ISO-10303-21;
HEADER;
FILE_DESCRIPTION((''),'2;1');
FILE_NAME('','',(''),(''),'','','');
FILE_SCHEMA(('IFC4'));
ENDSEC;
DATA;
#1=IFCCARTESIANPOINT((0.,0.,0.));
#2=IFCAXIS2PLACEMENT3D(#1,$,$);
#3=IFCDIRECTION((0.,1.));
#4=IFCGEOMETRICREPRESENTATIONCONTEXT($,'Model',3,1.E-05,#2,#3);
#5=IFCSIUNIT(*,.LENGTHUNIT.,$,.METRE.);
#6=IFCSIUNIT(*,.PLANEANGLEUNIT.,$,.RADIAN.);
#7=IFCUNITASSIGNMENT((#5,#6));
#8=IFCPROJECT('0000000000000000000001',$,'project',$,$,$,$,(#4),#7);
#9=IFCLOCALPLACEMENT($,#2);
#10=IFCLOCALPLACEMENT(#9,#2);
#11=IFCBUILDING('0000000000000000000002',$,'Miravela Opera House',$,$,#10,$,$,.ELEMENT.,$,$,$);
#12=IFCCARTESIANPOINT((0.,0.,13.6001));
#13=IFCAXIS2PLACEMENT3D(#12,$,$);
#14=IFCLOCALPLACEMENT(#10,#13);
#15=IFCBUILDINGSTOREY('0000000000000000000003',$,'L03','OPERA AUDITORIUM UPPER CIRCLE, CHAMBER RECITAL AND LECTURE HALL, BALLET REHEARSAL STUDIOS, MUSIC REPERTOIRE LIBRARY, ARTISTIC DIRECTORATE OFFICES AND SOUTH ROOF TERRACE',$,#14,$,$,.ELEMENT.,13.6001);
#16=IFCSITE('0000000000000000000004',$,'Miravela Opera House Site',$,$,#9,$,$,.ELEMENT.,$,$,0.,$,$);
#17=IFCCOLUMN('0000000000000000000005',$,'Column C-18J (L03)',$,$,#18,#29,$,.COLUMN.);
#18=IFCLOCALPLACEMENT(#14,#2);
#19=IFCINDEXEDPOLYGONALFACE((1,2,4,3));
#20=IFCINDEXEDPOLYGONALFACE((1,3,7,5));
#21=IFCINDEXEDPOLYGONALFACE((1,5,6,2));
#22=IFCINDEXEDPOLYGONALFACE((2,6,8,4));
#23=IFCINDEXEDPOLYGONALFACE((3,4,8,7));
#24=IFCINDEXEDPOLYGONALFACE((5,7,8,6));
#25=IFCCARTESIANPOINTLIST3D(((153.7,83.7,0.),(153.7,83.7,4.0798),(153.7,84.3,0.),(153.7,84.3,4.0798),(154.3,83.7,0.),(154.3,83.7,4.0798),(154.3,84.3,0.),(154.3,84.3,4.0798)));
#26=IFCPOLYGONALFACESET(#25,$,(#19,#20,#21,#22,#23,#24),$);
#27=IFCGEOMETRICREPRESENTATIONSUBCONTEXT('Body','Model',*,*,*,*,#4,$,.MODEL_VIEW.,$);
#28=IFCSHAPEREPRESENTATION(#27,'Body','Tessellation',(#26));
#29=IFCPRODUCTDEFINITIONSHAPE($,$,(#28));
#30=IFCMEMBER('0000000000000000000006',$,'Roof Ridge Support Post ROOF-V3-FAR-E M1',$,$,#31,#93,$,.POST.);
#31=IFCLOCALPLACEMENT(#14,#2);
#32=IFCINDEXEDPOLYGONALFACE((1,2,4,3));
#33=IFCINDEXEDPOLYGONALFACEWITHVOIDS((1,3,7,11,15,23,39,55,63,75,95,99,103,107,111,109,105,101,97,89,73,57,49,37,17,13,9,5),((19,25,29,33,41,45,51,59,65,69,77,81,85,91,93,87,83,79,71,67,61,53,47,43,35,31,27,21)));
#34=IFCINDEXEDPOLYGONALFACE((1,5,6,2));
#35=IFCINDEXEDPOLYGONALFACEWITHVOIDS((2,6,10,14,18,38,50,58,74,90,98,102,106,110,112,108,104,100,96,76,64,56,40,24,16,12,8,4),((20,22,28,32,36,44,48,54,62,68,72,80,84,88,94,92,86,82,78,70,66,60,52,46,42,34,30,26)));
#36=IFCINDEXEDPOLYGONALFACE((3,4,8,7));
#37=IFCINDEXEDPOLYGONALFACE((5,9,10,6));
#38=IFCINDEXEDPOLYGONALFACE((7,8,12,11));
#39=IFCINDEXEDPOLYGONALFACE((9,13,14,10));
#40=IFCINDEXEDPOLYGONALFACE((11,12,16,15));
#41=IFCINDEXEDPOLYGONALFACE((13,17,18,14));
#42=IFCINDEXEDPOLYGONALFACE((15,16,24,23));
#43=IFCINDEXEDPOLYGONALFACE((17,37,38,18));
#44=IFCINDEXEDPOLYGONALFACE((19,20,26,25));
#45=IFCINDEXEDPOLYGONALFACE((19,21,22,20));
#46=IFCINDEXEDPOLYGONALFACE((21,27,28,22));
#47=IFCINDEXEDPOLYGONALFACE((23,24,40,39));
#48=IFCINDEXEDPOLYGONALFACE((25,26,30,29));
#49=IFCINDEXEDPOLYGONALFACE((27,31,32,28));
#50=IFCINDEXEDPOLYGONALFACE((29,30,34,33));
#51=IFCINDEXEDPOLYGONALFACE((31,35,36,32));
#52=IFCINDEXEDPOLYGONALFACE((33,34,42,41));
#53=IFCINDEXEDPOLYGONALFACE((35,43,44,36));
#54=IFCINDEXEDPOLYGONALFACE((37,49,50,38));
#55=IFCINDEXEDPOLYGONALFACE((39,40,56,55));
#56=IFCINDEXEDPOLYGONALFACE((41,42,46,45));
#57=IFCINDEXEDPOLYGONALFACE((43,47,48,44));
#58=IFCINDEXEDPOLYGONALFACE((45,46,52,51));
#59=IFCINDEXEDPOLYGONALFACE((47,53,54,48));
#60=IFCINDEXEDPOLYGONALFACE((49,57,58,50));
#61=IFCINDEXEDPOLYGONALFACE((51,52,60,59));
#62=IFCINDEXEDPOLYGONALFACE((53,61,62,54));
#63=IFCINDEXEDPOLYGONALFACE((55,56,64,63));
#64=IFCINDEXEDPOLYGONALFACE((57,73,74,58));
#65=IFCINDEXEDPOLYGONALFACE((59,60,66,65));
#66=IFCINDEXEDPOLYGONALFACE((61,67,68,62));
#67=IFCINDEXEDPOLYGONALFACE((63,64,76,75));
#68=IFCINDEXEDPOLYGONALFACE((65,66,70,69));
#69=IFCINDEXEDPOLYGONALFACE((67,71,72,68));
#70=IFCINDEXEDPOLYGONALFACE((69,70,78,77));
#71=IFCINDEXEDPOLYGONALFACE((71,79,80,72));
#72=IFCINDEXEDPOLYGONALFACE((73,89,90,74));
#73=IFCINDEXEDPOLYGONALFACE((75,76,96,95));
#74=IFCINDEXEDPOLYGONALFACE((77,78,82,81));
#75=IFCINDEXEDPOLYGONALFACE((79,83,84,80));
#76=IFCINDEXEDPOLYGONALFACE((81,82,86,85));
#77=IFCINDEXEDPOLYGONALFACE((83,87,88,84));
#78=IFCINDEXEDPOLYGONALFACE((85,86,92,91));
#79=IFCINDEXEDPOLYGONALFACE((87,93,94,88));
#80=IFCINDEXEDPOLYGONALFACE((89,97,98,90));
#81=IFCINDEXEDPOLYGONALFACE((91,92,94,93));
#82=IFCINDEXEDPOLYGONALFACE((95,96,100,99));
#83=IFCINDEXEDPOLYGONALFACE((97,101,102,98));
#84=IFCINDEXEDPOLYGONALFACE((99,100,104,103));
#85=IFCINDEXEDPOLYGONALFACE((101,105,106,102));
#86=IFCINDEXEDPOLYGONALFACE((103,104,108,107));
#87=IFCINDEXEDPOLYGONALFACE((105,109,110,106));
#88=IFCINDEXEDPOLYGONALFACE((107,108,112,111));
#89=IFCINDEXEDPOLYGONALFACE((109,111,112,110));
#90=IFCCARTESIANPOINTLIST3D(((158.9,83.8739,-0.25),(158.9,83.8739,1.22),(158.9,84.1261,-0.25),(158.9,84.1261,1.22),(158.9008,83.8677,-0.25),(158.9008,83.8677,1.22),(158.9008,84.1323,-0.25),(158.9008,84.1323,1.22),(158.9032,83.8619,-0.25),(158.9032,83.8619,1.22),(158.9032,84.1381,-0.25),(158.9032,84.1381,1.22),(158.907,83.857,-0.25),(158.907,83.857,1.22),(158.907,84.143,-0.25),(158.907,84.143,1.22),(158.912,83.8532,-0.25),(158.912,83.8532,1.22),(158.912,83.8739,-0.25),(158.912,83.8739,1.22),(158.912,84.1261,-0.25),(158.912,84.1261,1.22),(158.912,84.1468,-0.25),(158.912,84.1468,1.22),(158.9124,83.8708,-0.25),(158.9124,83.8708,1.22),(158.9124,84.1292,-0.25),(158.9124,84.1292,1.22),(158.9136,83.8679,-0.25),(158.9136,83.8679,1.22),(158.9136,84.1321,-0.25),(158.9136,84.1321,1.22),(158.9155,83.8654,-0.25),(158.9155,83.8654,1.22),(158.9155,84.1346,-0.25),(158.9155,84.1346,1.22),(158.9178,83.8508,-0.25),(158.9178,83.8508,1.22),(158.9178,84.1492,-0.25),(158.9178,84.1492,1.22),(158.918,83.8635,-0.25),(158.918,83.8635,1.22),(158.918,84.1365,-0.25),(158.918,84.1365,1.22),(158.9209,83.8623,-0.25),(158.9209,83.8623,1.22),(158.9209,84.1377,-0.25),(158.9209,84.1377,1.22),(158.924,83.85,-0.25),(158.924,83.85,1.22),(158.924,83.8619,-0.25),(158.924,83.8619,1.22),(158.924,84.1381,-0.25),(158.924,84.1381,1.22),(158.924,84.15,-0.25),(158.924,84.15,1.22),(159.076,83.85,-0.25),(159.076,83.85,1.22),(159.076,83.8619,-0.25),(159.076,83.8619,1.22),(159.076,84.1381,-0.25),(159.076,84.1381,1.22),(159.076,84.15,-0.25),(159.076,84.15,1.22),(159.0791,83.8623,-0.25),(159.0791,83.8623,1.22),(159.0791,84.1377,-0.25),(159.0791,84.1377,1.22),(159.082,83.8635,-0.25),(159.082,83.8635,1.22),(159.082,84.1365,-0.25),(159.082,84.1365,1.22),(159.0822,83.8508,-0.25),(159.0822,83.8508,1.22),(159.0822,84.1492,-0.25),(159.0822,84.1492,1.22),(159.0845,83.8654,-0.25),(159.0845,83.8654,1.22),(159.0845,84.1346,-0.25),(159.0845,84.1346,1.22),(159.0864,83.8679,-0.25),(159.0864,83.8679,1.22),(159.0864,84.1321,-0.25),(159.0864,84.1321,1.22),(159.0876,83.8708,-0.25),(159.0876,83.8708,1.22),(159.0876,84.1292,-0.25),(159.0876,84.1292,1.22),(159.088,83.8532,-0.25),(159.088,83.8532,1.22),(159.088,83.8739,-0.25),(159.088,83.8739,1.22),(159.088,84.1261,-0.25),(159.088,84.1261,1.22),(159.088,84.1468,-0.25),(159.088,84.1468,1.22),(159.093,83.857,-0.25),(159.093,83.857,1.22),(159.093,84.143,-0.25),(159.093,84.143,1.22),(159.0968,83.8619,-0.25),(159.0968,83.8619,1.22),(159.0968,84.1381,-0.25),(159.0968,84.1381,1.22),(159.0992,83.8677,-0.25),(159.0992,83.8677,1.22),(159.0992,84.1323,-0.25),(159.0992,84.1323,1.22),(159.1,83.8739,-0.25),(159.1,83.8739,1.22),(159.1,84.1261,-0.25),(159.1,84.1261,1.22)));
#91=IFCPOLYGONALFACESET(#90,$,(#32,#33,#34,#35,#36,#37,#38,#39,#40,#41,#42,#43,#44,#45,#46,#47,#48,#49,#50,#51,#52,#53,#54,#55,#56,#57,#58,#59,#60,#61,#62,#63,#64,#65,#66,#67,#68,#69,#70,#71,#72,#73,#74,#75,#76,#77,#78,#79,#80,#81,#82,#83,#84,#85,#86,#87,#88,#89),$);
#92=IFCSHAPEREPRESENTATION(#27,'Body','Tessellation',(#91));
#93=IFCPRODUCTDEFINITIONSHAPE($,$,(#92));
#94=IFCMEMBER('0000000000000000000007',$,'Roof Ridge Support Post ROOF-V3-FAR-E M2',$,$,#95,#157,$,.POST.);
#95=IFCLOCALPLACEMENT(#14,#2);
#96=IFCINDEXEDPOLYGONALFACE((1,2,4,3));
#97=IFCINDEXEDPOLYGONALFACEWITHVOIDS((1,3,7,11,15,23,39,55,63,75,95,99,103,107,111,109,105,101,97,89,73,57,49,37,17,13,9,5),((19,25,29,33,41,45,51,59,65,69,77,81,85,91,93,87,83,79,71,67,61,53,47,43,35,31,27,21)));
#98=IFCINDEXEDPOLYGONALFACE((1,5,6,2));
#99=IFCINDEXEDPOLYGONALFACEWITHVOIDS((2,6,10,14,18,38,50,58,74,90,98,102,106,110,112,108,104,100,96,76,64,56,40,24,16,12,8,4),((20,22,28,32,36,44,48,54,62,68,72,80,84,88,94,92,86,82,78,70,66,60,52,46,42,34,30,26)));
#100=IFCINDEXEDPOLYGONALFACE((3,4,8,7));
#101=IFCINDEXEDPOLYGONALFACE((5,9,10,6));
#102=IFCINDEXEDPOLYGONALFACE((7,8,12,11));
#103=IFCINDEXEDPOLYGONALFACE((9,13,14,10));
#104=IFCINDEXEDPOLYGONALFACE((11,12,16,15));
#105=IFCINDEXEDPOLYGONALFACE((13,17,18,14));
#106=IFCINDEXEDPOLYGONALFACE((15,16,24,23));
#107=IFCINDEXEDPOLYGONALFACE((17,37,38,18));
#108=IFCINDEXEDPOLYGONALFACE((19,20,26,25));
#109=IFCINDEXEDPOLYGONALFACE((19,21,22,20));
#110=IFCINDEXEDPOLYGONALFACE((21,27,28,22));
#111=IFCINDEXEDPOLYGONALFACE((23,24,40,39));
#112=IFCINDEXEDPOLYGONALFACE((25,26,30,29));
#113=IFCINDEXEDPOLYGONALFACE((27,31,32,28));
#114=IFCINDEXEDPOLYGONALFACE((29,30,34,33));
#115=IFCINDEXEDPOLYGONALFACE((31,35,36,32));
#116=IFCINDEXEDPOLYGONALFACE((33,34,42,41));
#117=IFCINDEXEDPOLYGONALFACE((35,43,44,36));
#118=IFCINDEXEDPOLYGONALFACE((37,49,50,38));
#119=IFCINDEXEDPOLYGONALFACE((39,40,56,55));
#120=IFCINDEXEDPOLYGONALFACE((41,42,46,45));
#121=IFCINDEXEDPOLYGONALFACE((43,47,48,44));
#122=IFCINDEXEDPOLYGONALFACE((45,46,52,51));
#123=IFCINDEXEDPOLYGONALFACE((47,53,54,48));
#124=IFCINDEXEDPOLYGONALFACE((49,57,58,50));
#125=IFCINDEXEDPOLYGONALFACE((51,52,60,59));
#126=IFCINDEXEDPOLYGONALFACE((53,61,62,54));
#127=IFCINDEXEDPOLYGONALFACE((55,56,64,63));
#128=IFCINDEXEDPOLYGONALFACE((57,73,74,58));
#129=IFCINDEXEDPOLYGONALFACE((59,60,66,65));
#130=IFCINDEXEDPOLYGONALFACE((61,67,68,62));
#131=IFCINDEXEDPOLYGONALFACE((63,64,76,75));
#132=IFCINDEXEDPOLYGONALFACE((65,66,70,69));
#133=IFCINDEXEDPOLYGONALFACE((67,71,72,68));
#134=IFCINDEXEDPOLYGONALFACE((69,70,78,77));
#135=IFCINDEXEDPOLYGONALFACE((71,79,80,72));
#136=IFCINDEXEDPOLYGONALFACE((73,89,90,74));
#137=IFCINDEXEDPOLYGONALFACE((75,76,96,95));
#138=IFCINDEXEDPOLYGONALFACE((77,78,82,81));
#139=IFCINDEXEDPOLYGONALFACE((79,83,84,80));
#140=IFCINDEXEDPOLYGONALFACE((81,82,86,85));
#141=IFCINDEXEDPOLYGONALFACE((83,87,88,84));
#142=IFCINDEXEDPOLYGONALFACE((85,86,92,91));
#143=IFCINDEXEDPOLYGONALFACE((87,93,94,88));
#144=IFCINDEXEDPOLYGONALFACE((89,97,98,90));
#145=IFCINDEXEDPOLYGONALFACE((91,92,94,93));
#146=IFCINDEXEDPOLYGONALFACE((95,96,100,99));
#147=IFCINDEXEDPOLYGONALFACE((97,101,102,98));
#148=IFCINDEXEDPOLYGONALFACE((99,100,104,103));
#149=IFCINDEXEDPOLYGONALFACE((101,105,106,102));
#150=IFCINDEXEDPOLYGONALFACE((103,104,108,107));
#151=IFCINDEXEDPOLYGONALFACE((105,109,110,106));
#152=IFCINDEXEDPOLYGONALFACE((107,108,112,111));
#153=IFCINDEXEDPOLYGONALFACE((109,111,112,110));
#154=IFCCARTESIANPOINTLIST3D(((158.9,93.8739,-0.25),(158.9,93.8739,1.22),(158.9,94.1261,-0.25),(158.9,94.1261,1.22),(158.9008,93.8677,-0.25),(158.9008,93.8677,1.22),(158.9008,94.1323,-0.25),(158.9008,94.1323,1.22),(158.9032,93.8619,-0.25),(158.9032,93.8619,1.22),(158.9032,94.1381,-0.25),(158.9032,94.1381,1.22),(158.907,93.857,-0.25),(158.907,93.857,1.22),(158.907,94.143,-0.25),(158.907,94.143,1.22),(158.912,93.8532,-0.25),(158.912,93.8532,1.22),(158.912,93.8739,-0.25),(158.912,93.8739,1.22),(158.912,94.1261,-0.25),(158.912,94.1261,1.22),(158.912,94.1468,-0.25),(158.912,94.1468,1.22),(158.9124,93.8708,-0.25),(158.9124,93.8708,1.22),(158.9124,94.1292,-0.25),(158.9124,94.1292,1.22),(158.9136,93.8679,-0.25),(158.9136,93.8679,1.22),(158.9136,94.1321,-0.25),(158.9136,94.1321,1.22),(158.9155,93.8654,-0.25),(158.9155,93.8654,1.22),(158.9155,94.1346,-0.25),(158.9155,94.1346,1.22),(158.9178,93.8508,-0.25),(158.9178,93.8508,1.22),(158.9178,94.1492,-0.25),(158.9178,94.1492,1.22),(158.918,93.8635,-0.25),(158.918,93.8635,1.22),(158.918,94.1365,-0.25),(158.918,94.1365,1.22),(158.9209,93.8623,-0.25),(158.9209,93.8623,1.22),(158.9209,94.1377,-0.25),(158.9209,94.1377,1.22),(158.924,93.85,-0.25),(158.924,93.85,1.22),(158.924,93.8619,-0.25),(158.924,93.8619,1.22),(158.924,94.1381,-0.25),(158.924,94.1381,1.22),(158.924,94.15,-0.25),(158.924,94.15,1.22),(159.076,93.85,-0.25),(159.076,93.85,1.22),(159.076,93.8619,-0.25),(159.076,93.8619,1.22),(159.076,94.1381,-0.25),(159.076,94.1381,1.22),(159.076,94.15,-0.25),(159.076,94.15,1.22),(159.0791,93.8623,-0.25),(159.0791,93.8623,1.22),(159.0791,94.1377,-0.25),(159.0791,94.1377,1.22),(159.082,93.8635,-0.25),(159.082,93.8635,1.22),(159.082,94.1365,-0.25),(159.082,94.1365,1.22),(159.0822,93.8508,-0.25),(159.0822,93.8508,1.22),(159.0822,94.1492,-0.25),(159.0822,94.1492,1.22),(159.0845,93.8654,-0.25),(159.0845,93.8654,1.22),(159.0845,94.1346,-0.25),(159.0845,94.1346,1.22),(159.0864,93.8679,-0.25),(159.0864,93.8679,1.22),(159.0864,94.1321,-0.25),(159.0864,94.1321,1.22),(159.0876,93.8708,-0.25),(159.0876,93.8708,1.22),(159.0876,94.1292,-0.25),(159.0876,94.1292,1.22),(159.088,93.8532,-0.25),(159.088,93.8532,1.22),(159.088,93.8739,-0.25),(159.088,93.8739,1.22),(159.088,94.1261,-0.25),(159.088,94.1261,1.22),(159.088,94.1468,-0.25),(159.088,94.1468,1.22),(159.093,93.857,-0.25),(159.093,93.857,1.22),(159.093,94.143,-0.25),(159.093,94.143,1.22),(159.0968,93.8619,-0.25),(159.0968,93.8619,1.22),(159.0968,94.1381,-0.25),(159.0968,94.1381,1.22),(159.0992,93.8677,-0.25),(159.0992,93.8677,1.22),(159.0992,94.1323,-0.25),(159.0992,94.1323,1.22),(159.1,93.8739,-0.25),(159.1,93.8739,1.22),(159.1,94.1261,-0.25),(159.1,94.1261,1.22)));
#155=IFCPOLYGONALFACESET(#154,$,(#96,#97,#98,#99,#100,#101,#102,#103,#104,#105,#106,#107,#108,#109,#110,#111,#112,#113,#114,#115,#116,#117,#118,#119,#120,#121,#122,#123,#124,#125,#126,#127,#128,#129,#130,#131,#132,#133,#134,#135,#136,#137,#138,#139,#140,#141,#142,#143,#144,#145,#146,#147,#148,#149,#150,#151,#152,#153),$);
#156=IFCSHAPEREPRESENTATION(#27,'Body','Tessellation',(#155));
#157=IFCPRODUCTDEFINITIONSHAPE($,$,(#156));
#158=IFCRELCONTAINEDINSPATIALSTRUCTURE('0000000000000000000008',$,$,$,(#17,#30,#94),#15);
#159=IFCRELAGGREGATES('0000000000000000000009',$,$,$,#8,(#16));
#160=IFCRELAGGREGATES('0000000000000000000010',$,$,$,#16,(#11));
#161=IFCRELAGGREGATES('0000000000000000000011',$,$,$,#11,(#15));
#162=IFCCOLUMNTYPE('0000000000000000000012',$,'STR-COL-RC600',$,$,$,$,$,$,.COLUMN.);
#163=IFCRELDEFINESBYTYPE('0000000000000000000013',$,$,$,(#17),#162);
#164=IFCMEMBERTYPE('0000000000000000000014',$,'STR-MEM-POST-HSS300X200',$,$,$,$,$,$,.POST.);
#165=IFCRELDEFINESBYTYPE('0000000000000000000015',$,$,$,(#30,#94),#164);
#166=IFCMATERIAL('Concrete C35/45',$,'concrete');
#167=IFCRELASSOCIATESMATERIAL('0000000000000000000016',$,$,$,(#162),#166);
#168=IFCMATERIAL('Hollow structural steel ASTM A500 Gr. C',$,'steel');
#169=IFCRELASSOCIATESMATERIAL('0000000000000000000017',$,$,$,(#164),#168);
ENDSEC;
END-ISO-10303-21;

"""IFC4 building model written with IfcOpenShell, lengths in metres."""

from ifc_helpers import new_model, si_unit, direction, frame, origin, origin_2d, place, context, subcontext, project, spatial, rectangle, hollow_rectangle, extrude, material, material_profile, profile_set, type_object, element, save


model = new_model("IFC4")

# Units and contexts
model_context = context("Model", 3, precision=1e-05, world=origin(), true_north=direction((0.0, 1.0)))
body_context = subcontext(model_context, "Body", "Model", "MODEL_VIEW")
ifc_project = project(units=[si_unit("LENGTHUNIT", "METRE"), si_unit("PLANEANGLEUNIT", "RADIAN")], contexts=[model_context])

# Site, building, storey
site_placement = place(None, origin())
site = spatial("IfcSite", under=ifc_project, at=site_placement, Name="Miravela Opera House Site", CompositionType="ELEMENT", RefElevation=0.0)
building_placement = place(site_placement, origin())
building = spatial("IfcBuilding", under=site, at=building_placement, Name="Miravela Opera House", CompositionType="ELEMENT")
storey_placement = place(building_placement, frame((0.0, 0.0, 13.6001)))
storey = spatial("IfcBuildingStorey", under=building, at=storey_placement, Name="L03", Description="OPERA AUDITORIUM UPPER CIRCLE, CHAMBER RECITAL AND LECTURE HALL, BALLET REHEARSAL STUDIOS, MUSIC REPERTOIRE LIBRARY, ARTISTIC DIRECTORATE OFFICES AND SOUTH ROOF TERRACE", CompositionType="ELEMENT", Elevation=13.6001)

# Column
ifc_material_1 = material(Name="Concrete C35/45", Category="concrete")
ifc_material_profile_1 = material_profile(ifc_material_1, rectangle(XDim=0.6001, YDim=0.6001, at=origin_2d()), Name="RC-COL-600X600")
ifc_profile_set_1 = profile_set([ifc_material_profile_1])
column_type = type_object("IfcColumnType", Name="STR-COL-RC600", PredefinedType="COLUMN", material=ifc_profile_set_1)
column_placement = place(storey_placement, frame((154.0, 84.0, 0.0), z_axis=(0.0, 0.0, 1.0), x_axis=(1.0, 0.0, 0.0)))
element("IfcColumn", 1, at=column_placement, inside=storey, type_object=column_type, Name="Column C-18J (L03)", PredefinedType="COLUMN", context=body_context, shape_type="SweptSolid", body=[
    extrude(rectangle(XDim=0.6001, YDim=0.6001, at=origin_2d()), origin(), (0.0, 0.0, 1.0), 4.0798),
])

# Members
ifc_material_2 = material(Name="Hollow structural steel ASTM A500 Gr. C", Category="steel")
ifc_material_profile_2 = material_profile(ifc_material_2, hollow_rectangle(XDim=0.2, YDim=0.3, WallThickness=0.012, InnerFilletRadius=0.012, OuterFilletRadius=0.0239, at=origin_2d()), Name="HSS300X200X12")
ifc_profile_set_2 = profile_set([ifc_material_profile_2])
member_type_1 = type_object("IfcMemberType", Name="STR-MEM-POST-HSS300X200", PredefinedType="POST", material=ifc_profile_set_2)
for number, where, z_axis, x_axis, name in (
    (2, (159.0, 84.0, -0.25), (0.0, 0.0, 1.0), (1.0, 0.0, 0.0), "Roof Ridge Support Post ROOF-V3-FAR-E M1"),
    (3, (159.0, 94.0, -0.25), (0.0, 0.0, 1.0), (1.0, 0.0, 0.0), "Roof Ridge Support Post ROOF-V3-FAR-E M2"),
):
    element("IfcMember", number, at=place(storey_placement, frame(where, z_axis=z_axis, x_axis=x_axis)), inside=storey, type_object=member_type_1, Name=name, PredefinedType="POST", context=body_context, shape_type="SweptSolid", body=[
        extrude(hollow_rectangle(XDim=0.2, YDim=0.3, WallThickness=0.012, InnerFilletRadius=0.012, OuterFilletRadius=0.0239, at=origin_2d()), origin(), (0.0, 0.0, 1.0), 1.47),
    ])

save(model, "model.ifc")
